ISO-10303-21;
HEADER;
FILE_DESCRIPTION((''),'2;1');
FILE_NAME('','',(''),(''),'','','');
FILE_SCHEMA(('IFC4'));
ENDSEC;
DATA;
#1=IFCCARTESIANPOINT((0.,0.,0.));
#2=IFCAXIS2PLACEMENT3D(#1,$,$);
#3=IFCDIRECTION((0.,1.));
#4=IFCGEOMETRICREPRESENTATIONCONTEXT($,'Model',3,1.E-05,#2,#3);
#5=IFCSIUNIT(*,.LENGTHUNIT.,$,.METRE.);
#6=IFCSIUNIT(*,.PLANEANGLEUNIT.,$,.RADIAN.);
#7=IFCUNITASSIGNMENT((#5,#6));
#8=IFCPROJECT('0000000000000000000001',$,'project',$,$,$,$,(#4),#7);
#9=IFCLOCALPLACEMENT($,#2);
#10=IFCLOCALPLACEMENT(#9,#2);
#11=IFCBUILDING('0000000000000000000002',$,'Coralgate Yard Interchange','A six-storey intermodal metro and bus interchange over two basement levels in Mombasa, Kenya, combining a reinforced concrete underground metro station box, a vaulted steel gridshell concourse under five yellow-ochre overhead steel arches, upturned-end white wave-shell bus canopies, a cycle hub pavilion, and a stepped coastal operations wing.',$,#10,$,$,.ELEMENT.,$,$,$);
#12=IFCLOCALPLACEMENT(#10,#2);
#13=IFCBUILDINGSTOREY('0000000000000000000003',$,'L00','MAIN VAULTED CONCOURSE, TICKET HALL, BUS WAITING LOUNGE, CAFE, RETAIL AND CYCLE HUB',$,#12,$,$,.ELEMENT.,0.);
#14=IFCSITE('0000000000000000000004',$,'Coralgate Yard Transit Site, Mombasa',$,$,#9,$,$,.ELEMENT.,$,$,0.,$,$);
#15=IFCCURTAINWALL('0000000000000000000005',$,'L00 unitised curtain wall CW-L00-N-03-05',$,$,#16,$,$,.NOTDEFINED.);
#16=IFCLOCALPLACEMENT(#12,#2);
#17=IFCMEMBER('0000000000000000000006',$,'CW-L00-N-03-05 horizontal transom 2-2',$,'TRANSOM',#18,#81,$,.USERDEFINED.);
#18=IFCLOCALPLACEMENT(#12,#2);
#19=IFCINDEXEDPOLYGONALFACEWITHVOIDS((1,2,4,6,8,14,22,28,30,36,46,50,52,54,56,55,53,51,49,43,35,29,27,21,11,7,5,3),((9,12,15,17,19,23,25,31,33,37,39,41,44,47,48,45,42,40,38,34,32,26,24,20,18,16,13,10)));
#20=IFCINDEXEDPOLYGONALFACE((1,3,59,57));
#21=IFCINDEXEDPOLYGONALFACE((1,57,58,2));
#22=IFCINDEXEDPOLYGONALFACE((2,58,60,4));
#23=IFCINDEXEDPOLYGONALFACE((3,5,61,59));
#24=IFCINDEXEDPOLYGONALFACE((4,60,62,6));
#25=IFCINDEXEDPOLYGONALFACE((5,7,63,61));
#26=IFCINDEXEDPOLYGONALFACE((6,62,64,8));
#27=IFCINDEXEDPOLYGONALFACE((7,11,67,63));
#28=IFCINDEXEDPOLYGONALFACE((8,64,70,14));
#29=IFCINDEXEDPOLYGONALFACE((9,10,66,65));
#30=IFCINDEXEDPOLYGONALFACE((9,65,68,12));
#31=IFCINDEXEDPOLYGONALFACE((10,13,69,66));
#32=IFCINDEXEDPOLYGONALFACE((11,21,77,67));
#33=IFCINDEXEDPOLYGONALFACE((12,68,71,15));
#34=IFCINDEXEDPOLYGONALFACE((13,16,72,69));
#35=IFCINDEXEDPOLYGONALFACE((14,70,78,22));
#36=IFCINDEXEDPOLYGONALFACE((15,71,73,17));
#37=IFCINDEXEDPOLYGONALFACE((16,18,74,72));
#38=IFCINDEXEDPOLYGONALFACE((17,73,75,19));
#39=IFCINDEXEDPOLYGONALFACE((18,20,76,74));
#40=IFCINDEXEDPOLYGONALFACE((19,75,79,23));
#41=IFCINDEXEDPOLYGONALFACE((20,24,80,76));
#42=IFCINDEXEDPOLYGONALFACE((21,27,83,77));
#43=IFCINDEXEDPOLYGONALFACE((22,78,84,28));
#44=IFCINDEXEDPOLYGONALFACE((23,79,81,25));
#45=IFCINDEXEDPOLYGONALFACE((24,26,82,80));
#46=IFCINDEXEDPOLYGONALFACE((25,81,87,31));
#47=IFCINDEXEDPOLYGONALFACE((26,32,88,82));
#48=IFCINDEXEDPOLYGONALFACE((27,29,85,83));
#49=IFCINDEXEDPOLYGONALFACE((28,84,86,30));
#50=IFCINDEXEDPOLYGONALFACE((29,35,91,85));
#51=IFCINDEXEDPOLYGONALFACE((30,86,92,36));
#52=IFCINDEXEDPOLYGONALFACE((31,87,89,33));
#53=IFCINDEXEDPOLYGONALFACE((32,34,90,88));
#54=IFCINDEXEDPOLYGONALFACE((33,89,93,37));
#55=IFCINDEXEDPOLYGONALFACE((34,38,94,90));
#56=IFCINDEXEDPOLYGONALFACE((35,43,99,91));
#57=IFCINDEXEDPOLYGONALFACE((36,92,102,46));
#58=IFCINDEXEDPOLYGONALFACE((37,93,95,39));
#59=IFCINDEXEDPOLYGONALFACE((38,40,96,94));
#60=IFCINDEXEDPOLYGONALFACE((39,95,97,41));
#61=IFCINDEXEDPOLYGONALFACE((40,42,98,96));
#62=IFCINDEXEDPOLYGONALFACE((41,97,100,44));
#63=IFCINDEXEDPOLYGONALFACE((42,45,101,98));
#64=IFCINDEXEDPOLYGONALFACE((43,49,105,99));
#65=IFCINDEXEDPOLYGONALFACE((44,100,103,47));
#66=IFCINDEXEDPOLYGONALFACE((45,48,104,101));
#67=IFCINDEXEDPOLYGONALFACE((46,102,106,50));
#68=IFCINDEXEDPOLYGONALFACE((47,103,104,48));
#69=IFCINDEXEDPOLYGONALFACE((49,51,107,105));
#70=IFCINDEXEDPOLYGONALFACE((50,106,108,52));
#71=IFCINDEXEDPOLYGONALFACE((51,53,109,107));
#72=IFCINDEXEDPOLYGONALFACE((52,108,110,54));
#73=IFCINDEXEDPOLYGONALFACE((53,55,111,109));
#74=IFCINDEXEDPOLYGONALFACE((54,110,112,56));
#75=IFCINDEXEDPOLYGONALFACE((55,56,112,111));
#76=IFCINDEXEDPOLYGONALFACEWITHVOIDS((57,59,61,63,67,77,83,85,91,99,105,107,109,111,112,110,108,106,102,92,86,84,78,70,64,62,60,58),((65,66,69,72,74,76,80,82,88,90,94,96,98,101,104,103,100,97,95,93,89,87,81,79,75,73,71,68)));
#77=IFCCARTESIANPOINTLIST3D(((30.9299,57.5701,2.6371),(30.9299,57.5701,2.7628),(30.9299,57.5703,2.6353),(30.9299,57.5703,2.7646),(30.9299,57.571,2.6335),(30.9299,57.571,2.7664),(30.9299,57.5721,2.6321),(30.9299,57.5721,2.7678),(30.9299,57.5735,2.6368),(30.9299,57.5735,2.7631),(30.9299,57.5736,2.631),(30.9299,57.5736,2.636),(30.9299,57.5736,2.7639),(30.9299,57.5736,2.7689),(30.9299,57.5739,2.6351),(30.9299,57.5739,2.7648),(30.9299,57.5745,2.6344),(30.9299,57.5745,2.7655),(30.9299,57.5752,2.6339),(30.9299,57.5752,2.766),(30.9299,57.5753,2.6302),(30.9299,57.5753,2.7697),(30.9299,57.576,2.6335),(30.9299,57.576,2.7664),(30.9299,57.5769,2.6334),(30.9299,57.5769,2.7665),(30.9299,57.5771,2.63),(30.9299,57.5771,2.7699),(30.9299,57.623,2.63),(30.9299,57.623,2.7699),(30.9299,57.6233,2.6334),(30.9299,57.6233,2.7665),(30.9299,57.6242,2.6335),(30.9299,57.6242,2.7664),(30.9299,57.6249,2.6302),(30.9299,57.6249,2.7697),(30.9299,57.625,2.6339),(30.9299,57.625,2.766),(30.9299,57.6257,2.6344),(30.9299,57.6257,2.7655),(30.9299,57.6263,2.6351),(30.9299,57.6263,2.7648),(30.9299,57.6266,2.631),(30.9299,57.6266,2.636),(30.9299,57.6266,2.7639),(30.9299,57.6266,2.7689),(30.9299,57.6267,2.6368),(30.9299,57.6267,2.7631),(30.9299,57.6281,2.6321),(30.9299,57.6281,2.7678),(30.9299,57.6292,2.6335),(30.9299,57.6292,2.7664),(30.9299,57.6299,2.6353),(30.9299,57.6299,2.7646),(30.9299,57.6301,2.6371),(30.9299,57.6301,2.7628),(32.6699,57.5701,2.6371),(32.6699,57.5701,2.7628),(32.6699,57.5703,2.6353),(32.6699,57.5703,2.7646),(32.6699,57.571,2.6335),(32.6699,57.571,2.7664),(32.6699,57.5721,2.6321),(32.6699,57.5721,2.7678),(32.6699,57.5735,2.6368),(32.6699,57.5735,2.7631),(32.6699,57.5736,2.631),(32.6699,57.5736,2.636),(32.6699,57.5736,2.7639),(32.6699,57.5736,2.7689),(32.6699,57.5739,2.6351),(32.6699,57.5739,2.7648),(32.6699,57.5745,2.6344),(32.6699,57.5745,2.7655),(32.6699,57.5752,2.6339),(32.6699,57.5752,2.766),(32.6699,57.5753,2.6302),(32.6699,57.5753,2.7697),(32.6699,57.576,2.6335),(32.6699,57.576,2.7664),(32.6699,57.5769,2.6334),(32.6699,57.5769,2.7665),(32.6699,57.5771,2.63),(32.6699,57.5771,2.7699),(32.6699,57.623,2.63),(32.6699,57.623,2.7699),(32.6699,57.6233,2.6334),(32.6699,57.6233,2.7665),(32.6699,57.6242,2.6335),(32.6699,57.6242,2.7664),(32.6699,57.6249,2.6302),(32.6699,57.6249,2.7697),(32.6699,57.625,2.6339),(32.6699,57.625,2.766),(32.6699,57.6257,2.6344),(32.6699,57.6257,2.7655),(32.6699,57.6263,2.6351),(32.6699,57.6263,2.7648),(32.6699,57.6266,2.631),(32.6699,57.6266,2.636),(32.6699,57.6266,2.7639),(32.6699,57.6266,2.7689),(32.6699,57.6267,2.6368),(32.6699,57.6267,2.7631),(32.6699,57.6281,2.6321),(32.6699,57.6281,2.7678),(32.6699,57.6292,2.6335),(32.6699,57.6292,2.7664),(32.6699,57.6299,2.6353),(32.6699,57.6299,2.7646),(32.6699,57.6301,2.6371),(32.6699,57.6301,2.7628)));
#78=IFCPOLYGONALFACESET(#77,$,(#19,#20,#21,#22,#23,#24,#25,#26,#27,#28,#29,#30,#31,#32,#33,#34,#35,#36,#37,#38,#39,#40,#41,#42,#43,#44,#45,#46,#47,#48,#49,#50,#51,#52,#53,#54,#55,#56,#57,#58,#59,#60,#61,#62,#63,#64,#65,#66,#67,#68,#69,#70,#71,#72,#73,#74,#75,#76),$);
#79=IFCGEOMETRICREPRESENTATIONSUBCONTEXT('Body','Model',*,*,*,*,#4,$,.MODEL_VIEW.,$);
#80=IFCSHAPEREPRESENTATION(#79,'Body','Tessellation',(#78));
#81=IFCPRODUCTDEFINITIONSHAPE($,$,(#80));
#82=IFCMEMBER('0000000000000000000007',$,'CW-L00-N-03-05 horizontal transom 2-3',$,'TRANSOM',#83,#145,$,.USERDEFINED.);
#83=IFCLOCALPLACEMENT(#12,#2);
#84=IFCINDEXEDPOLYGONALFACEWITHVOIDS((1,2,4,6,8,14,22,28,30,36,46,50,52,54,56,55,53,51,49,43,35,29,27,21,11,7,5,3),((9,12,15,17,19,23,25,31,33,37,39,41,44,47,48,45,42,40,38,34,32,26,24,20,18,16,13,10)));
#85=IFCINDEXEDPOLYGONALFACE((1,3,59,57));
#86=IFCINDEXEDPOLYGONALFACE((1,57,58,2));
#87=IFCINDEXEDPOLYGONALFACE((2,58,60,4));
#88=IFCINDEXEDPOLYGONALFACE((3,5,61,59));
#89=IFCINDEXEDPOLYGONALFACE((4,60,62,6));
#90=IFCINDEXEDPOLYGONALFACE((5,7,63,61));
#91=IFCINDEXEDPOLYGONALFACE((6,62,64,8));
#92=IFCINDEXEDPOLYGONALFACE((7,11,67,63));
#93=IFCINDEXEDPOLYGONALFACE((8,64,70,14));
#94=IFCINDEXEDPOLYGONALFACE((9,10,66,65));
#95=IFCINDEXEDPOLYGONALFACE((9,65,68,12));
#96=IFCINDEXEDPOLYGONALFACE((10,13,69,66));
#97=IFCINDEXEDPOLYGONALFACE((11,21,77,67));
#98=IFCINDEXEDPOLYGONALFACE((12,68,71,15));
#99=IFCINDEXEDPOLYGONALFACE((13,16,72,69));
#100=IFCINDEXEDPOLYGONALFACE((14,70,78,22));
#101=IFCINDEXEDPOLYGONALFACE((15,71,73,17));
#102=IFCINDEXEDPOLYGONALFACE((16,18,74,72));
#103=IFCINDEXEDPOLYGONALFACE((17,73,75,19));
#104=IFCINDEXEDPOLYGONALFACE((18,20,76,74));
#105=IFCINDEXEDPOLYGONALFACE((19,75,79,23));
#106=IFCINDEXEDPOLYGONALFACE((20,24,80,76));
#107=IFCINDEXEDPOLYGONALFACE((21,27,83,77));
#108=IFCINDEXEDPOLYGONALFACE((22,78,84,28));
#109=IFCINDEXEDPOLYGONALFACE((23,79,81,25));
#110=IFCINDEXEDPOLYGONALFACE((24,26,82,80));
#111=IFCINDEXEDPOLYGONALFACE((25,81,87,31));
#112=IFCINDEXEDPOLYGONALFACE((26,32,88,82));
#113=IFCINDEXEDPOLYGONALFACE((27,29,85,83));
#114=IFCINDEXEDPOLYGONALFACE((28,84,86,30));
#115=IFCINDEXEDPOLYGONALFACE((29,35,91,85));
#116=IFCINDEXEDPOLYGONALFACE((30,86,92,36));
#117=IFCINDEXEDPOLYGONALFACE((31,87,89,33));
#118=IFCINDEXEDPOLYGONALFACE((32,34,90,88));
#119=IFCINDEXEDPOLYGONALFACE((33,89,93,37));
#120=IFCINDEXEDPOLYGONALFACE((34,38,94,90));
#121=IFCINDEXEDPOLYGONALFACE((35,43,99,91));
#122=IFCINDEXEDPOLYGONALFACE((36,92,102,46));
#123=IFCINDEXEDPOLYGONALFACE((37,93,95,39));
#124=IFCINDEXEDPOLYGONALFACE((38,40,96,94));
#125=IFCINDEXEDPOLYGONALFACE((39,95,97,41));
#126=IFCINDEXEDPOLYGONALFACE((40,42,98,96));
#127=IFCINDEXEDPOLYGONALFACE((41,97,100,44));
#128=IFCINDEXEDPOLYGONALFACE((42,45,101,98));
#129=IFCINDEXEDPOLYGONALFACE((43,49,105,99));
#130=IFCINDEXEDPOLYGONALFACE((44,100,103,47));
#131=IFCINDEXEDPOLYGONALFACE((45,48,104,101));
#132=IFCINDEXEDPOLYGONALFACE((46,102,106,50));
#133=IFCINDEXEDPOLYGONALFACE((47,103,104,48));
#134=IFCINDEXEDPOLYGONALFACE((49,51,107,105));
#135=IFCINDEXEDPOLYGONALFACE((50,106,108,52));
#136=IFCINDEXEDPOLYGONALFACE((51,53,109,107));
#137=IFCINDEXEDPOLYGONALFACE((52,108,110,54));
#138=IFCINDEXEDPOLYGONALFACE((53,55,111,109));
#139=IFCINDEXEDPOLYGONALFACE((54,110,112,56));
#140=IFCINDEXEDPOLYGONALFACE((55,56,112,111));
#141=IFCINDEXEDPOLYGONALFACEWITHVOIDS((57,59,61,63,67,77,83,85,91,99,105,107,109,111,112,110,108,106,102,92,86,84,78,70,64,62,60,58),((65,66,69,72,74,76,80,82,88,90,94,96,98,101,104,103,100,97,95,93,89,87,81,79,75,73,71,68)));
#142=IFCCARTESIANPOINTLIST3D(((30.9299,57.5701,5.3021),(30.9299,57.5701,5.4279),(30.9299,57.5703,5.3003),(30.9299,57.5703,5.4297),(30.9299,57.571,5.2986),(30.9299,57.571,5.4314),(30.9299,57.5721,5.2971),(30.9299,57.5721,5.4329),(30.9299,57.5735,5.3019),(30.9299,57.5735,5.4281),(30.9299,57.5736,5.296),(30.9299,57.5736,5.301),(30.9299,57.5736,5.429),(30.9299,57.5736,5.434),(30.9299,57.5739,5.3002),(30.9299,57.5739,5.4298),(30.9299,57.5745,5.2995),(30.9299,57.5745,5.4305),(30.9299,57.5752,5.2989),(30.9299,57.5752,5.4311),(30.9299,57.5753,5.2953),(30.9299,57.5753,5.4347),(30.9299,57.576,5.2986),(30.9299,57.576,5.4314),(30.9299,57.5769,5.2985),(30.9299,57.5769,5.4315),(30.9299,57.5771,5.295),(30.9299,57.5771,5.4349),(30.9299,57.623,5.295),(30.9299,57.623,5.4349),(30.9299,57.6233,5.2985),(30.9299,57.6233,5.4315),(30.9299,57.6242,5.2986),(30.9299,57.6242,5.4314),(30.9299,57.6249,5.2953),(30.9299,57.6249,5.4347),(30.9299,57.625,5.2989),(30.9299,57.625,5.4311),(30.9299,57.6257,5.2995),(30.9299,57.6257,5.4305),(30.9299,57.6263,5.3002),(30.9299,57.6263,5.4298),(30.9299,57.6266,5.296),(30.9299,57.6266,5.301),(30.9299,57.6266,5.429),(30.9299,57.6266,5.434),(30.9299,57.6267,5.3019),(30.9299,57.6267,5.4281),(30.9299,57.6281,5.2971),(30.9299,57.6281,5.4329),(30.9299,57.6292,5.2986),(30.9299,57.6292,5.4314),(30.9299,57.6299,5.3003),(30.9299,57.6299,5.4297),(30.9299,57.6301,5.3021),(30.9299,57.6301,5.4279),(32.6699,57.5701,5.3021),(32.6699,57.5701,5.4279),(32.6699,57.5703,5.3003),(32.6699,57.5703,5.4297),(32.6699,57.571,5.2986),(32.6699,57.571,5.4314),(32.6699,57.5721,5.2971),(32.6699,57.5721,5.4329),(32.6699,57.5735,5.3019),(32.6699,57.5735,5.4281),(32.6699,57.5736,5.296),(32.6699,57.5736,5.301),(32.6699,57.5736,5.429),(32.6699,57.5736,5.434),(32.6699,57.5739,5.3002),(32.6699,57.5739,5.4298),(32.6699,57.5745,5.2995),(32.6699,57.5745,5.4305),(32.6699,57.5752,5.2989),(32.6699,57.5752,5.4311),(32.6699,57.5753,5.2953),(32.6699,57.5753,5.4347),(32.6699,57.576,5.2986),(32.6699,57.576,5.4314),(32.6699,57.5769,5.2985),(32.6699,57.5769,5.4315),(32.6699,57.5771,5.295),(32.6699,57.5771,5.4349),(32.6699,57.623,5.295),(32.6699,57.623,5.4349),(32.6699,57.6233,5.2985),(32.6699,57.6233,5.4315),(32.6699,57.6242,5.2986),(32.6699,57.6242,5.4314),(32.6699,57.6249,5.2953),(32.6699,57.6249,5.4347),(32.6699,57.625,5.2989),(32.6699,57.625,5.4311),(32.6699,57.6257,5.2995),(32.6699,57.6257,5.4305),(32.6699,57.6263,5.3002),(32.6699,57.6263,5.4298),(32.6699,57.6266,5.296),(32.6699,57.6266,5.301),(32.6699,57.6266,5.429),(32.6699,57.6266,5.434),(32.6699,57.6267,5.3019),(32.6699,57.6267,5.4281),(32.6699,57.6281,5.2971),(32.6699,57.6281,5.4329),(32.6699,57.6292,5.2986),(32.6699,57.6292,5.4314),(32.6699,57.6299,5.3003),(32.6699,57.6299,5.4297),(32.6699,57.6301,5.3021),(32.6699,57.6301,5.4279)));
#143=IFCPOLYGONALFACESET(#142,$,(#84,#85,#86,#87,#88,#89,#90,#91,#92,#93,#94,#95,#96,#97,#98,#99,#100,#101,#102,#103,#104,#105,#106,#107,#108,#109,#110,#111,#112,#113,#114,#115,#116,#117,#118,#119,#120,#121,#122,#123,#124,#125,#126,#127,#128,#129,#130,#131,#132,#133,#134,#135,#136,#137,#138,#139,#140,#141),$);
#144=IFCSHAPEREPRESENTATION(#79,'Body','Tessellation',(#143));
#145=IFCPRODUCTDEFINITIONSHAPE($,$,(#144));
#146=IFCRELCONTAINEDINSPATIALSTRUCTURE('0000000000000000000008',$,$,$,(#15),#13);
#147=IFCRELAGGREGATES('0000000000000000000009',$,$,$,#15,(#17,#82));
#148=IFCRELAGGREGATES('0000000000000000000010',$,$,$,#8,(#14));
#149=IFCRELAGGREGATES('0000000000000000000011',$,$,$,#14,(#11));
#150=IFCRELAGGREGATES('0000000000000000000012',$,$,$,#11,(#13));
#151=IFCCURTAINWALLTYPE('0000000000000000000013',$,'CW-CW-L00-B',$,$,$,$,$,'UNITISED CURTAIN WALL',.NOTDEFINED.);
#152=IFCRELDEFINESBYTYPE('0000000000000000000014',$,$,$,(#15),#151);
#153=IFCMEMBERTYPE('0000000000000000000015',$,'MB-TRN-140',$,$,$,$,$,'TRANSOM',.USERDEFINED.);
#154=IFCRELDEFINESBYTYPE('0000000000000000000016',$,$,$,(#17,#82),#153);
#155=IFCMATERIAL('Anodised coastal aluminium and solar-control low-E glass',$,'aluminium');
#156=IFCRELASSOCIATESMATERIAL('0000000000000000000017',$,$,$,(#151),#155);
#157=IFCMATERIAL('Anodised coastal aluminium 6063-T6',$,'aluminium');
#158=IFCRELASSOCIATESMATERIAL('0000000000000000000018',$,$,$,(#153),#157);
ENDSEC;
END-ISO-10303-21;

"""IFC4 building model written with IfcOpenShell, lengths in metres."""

from ifc_helpers import new_model, si_unit, direction, frame, origin, origin_2d, place, context, subcontext, project, spatial, hollow_rectangle, extrude, material, material_profile, profile_set, type_object, element, aggregate, save


model = new_model("IFC4")

# Units and contexts
model_context = context("Model", 3, precision=1e-05, world=origin(), true_north=direction((0.0, 1.0)))
body_context = subcontext(model_context, "Body", "Model", "MODEL_VIEW")
ifc_project = project(units=[si_unit("LENGTHUNIT", "METRE"), si_unit("PLANEANGLEUNIT", "RADIAN")], contexts=[model_context])

# Site, building, storey
site_placement = place(None, origin())
site = spatial("IfcSite", under=ifc_project, at=site_placement, Name="Coralgate Yard Transit Site, Mombasa", CompositionType="ELEMENT", RefElevation=0.0)
building_placement = place(site_placement, origin())
building = spatial("IfcBuilding", under=site, at=building_placement, Name="Coralgate Yard Interchange", Description="A six-storey intermodal metro and bus interchange over two basement levels in Mombasa, Kenya, combining a reinforced concrete underground metro station box, a vaulted steel gridshell concourse under five yellow-ochre overhead steel arches, upturned-end white wave-shell bus canopies, a cycle hub pavilion, and a stepped coastal operations wing.", CompositionType="ELEMENT")
storey_placement = place(building_placement, origin())
storey = spatial("IfcBuildingStorey", under=building, at=storey_placement, Name="L00", Description="MAIN VAULTED CONCOURSE, TICKET HALL, BUS WAITING LOUNGE, CAFE, RETAIL AND CYCLE HUB", CompositionType="ELEMENT", Elevation=0.0)

# Curtain wall, members
ifc_material_1 = material(Name="Anodised coastal aluminium and solar-control low-E glass", Category="aluminium")
curtain_wall_type = type_object("IfcCurtainWallType", Name="CW-CW-L00-B", ElementType="UNITISED CURTAIN WALL", PredefinedType="NOTDEFINED", material=ifc_material_1)
curtain_wall_placement = place(storey_placement, origin())
curtain_wall = element("IfcCurtainWall", 1, at=curtain_wall_placement, inside=storey, type_object=curtain_wall_type, Name="L00 unitised curtain wall CW-L00-N-03-05", PredefinedType="NOTDEFINED")
ifc_material_2 = material(Name="Anodised coastal aluminium 6063-T6", Category="aluminium")
ifc_material_profile_1 = material_profile(ifc_material_2, hollow_rectangle(XDim=0.0601, YDim=0.1399, WallThickness=0.0034, InnerFilletRadius=0.0034, OuterFilletRadius=0.0071, at=origin_2d()), Name="ALU 60x140x3.5")
ifc_profile_set_1 = profile_set([ifc_material_profile_1], Name="Anodised coastal aluminium 6063-T6")
member_type_1 = type_object("IfcMemberType", Name="MB-TRN-140", ElementType="TRANSOM", PredefinedType="USERDEFINED", material=ifc_profile_set_1)
member_1_placement = place(storey_placement, frame((30.9299, 57.6001, 2.7), z_axis=(1.0, 0.0, 0.0), x_axis=(0.0, 1.0, 0.0)))
member_1 = element("IfcMember", 2, at=member_1_placement, type_object=member_type_1, Name="CW-L00-N-03-05 horizontal transom 2-2", ObjectType="TRANSOM", PredefinedType="USERDEFINED", context=body_context, shape_type="SweptSolid", body=[
    extrude(hollow_rectangle(XDim=0.0601, YDim=0.1399, WallThickness=0.0034, InnerFilletRadius=0.0034, OuterFilletRadius=0.0071, at=origin_2d()), origin(), (0.0, 0.0, 1.0), 1.74),
])
member_2_placement = place(storey_placement, frame((30.9299, 57.6001, 5.365), z_axis=(1.0, 0.0, 0.0), x_axis=(0.0, 1.0, 0.0)))
member_2 = element("IfcMember", 3, at=member_2_placement, type_object=member_type_1, Name="CW-L00-N-03-05 horizontal transom 2-3", ObjectType="TRANSOM", PredefinedType="USERDEFINED", context=body_context, shape_type="SweptSolid", body=[
    extrude(hollow_rectangle(XDim=0.0601, YDim=0.1399, WallThickness=0.0034, InnerFilletRadius=0.0034, OuterFilletRadius=0.0071, at=origin_2d()), origin(), (0.0, 0.0, 1.0), 1.74),
])
aggregate(curtain_wall, [member_1, member_2])

save(model, "model.ifc")
